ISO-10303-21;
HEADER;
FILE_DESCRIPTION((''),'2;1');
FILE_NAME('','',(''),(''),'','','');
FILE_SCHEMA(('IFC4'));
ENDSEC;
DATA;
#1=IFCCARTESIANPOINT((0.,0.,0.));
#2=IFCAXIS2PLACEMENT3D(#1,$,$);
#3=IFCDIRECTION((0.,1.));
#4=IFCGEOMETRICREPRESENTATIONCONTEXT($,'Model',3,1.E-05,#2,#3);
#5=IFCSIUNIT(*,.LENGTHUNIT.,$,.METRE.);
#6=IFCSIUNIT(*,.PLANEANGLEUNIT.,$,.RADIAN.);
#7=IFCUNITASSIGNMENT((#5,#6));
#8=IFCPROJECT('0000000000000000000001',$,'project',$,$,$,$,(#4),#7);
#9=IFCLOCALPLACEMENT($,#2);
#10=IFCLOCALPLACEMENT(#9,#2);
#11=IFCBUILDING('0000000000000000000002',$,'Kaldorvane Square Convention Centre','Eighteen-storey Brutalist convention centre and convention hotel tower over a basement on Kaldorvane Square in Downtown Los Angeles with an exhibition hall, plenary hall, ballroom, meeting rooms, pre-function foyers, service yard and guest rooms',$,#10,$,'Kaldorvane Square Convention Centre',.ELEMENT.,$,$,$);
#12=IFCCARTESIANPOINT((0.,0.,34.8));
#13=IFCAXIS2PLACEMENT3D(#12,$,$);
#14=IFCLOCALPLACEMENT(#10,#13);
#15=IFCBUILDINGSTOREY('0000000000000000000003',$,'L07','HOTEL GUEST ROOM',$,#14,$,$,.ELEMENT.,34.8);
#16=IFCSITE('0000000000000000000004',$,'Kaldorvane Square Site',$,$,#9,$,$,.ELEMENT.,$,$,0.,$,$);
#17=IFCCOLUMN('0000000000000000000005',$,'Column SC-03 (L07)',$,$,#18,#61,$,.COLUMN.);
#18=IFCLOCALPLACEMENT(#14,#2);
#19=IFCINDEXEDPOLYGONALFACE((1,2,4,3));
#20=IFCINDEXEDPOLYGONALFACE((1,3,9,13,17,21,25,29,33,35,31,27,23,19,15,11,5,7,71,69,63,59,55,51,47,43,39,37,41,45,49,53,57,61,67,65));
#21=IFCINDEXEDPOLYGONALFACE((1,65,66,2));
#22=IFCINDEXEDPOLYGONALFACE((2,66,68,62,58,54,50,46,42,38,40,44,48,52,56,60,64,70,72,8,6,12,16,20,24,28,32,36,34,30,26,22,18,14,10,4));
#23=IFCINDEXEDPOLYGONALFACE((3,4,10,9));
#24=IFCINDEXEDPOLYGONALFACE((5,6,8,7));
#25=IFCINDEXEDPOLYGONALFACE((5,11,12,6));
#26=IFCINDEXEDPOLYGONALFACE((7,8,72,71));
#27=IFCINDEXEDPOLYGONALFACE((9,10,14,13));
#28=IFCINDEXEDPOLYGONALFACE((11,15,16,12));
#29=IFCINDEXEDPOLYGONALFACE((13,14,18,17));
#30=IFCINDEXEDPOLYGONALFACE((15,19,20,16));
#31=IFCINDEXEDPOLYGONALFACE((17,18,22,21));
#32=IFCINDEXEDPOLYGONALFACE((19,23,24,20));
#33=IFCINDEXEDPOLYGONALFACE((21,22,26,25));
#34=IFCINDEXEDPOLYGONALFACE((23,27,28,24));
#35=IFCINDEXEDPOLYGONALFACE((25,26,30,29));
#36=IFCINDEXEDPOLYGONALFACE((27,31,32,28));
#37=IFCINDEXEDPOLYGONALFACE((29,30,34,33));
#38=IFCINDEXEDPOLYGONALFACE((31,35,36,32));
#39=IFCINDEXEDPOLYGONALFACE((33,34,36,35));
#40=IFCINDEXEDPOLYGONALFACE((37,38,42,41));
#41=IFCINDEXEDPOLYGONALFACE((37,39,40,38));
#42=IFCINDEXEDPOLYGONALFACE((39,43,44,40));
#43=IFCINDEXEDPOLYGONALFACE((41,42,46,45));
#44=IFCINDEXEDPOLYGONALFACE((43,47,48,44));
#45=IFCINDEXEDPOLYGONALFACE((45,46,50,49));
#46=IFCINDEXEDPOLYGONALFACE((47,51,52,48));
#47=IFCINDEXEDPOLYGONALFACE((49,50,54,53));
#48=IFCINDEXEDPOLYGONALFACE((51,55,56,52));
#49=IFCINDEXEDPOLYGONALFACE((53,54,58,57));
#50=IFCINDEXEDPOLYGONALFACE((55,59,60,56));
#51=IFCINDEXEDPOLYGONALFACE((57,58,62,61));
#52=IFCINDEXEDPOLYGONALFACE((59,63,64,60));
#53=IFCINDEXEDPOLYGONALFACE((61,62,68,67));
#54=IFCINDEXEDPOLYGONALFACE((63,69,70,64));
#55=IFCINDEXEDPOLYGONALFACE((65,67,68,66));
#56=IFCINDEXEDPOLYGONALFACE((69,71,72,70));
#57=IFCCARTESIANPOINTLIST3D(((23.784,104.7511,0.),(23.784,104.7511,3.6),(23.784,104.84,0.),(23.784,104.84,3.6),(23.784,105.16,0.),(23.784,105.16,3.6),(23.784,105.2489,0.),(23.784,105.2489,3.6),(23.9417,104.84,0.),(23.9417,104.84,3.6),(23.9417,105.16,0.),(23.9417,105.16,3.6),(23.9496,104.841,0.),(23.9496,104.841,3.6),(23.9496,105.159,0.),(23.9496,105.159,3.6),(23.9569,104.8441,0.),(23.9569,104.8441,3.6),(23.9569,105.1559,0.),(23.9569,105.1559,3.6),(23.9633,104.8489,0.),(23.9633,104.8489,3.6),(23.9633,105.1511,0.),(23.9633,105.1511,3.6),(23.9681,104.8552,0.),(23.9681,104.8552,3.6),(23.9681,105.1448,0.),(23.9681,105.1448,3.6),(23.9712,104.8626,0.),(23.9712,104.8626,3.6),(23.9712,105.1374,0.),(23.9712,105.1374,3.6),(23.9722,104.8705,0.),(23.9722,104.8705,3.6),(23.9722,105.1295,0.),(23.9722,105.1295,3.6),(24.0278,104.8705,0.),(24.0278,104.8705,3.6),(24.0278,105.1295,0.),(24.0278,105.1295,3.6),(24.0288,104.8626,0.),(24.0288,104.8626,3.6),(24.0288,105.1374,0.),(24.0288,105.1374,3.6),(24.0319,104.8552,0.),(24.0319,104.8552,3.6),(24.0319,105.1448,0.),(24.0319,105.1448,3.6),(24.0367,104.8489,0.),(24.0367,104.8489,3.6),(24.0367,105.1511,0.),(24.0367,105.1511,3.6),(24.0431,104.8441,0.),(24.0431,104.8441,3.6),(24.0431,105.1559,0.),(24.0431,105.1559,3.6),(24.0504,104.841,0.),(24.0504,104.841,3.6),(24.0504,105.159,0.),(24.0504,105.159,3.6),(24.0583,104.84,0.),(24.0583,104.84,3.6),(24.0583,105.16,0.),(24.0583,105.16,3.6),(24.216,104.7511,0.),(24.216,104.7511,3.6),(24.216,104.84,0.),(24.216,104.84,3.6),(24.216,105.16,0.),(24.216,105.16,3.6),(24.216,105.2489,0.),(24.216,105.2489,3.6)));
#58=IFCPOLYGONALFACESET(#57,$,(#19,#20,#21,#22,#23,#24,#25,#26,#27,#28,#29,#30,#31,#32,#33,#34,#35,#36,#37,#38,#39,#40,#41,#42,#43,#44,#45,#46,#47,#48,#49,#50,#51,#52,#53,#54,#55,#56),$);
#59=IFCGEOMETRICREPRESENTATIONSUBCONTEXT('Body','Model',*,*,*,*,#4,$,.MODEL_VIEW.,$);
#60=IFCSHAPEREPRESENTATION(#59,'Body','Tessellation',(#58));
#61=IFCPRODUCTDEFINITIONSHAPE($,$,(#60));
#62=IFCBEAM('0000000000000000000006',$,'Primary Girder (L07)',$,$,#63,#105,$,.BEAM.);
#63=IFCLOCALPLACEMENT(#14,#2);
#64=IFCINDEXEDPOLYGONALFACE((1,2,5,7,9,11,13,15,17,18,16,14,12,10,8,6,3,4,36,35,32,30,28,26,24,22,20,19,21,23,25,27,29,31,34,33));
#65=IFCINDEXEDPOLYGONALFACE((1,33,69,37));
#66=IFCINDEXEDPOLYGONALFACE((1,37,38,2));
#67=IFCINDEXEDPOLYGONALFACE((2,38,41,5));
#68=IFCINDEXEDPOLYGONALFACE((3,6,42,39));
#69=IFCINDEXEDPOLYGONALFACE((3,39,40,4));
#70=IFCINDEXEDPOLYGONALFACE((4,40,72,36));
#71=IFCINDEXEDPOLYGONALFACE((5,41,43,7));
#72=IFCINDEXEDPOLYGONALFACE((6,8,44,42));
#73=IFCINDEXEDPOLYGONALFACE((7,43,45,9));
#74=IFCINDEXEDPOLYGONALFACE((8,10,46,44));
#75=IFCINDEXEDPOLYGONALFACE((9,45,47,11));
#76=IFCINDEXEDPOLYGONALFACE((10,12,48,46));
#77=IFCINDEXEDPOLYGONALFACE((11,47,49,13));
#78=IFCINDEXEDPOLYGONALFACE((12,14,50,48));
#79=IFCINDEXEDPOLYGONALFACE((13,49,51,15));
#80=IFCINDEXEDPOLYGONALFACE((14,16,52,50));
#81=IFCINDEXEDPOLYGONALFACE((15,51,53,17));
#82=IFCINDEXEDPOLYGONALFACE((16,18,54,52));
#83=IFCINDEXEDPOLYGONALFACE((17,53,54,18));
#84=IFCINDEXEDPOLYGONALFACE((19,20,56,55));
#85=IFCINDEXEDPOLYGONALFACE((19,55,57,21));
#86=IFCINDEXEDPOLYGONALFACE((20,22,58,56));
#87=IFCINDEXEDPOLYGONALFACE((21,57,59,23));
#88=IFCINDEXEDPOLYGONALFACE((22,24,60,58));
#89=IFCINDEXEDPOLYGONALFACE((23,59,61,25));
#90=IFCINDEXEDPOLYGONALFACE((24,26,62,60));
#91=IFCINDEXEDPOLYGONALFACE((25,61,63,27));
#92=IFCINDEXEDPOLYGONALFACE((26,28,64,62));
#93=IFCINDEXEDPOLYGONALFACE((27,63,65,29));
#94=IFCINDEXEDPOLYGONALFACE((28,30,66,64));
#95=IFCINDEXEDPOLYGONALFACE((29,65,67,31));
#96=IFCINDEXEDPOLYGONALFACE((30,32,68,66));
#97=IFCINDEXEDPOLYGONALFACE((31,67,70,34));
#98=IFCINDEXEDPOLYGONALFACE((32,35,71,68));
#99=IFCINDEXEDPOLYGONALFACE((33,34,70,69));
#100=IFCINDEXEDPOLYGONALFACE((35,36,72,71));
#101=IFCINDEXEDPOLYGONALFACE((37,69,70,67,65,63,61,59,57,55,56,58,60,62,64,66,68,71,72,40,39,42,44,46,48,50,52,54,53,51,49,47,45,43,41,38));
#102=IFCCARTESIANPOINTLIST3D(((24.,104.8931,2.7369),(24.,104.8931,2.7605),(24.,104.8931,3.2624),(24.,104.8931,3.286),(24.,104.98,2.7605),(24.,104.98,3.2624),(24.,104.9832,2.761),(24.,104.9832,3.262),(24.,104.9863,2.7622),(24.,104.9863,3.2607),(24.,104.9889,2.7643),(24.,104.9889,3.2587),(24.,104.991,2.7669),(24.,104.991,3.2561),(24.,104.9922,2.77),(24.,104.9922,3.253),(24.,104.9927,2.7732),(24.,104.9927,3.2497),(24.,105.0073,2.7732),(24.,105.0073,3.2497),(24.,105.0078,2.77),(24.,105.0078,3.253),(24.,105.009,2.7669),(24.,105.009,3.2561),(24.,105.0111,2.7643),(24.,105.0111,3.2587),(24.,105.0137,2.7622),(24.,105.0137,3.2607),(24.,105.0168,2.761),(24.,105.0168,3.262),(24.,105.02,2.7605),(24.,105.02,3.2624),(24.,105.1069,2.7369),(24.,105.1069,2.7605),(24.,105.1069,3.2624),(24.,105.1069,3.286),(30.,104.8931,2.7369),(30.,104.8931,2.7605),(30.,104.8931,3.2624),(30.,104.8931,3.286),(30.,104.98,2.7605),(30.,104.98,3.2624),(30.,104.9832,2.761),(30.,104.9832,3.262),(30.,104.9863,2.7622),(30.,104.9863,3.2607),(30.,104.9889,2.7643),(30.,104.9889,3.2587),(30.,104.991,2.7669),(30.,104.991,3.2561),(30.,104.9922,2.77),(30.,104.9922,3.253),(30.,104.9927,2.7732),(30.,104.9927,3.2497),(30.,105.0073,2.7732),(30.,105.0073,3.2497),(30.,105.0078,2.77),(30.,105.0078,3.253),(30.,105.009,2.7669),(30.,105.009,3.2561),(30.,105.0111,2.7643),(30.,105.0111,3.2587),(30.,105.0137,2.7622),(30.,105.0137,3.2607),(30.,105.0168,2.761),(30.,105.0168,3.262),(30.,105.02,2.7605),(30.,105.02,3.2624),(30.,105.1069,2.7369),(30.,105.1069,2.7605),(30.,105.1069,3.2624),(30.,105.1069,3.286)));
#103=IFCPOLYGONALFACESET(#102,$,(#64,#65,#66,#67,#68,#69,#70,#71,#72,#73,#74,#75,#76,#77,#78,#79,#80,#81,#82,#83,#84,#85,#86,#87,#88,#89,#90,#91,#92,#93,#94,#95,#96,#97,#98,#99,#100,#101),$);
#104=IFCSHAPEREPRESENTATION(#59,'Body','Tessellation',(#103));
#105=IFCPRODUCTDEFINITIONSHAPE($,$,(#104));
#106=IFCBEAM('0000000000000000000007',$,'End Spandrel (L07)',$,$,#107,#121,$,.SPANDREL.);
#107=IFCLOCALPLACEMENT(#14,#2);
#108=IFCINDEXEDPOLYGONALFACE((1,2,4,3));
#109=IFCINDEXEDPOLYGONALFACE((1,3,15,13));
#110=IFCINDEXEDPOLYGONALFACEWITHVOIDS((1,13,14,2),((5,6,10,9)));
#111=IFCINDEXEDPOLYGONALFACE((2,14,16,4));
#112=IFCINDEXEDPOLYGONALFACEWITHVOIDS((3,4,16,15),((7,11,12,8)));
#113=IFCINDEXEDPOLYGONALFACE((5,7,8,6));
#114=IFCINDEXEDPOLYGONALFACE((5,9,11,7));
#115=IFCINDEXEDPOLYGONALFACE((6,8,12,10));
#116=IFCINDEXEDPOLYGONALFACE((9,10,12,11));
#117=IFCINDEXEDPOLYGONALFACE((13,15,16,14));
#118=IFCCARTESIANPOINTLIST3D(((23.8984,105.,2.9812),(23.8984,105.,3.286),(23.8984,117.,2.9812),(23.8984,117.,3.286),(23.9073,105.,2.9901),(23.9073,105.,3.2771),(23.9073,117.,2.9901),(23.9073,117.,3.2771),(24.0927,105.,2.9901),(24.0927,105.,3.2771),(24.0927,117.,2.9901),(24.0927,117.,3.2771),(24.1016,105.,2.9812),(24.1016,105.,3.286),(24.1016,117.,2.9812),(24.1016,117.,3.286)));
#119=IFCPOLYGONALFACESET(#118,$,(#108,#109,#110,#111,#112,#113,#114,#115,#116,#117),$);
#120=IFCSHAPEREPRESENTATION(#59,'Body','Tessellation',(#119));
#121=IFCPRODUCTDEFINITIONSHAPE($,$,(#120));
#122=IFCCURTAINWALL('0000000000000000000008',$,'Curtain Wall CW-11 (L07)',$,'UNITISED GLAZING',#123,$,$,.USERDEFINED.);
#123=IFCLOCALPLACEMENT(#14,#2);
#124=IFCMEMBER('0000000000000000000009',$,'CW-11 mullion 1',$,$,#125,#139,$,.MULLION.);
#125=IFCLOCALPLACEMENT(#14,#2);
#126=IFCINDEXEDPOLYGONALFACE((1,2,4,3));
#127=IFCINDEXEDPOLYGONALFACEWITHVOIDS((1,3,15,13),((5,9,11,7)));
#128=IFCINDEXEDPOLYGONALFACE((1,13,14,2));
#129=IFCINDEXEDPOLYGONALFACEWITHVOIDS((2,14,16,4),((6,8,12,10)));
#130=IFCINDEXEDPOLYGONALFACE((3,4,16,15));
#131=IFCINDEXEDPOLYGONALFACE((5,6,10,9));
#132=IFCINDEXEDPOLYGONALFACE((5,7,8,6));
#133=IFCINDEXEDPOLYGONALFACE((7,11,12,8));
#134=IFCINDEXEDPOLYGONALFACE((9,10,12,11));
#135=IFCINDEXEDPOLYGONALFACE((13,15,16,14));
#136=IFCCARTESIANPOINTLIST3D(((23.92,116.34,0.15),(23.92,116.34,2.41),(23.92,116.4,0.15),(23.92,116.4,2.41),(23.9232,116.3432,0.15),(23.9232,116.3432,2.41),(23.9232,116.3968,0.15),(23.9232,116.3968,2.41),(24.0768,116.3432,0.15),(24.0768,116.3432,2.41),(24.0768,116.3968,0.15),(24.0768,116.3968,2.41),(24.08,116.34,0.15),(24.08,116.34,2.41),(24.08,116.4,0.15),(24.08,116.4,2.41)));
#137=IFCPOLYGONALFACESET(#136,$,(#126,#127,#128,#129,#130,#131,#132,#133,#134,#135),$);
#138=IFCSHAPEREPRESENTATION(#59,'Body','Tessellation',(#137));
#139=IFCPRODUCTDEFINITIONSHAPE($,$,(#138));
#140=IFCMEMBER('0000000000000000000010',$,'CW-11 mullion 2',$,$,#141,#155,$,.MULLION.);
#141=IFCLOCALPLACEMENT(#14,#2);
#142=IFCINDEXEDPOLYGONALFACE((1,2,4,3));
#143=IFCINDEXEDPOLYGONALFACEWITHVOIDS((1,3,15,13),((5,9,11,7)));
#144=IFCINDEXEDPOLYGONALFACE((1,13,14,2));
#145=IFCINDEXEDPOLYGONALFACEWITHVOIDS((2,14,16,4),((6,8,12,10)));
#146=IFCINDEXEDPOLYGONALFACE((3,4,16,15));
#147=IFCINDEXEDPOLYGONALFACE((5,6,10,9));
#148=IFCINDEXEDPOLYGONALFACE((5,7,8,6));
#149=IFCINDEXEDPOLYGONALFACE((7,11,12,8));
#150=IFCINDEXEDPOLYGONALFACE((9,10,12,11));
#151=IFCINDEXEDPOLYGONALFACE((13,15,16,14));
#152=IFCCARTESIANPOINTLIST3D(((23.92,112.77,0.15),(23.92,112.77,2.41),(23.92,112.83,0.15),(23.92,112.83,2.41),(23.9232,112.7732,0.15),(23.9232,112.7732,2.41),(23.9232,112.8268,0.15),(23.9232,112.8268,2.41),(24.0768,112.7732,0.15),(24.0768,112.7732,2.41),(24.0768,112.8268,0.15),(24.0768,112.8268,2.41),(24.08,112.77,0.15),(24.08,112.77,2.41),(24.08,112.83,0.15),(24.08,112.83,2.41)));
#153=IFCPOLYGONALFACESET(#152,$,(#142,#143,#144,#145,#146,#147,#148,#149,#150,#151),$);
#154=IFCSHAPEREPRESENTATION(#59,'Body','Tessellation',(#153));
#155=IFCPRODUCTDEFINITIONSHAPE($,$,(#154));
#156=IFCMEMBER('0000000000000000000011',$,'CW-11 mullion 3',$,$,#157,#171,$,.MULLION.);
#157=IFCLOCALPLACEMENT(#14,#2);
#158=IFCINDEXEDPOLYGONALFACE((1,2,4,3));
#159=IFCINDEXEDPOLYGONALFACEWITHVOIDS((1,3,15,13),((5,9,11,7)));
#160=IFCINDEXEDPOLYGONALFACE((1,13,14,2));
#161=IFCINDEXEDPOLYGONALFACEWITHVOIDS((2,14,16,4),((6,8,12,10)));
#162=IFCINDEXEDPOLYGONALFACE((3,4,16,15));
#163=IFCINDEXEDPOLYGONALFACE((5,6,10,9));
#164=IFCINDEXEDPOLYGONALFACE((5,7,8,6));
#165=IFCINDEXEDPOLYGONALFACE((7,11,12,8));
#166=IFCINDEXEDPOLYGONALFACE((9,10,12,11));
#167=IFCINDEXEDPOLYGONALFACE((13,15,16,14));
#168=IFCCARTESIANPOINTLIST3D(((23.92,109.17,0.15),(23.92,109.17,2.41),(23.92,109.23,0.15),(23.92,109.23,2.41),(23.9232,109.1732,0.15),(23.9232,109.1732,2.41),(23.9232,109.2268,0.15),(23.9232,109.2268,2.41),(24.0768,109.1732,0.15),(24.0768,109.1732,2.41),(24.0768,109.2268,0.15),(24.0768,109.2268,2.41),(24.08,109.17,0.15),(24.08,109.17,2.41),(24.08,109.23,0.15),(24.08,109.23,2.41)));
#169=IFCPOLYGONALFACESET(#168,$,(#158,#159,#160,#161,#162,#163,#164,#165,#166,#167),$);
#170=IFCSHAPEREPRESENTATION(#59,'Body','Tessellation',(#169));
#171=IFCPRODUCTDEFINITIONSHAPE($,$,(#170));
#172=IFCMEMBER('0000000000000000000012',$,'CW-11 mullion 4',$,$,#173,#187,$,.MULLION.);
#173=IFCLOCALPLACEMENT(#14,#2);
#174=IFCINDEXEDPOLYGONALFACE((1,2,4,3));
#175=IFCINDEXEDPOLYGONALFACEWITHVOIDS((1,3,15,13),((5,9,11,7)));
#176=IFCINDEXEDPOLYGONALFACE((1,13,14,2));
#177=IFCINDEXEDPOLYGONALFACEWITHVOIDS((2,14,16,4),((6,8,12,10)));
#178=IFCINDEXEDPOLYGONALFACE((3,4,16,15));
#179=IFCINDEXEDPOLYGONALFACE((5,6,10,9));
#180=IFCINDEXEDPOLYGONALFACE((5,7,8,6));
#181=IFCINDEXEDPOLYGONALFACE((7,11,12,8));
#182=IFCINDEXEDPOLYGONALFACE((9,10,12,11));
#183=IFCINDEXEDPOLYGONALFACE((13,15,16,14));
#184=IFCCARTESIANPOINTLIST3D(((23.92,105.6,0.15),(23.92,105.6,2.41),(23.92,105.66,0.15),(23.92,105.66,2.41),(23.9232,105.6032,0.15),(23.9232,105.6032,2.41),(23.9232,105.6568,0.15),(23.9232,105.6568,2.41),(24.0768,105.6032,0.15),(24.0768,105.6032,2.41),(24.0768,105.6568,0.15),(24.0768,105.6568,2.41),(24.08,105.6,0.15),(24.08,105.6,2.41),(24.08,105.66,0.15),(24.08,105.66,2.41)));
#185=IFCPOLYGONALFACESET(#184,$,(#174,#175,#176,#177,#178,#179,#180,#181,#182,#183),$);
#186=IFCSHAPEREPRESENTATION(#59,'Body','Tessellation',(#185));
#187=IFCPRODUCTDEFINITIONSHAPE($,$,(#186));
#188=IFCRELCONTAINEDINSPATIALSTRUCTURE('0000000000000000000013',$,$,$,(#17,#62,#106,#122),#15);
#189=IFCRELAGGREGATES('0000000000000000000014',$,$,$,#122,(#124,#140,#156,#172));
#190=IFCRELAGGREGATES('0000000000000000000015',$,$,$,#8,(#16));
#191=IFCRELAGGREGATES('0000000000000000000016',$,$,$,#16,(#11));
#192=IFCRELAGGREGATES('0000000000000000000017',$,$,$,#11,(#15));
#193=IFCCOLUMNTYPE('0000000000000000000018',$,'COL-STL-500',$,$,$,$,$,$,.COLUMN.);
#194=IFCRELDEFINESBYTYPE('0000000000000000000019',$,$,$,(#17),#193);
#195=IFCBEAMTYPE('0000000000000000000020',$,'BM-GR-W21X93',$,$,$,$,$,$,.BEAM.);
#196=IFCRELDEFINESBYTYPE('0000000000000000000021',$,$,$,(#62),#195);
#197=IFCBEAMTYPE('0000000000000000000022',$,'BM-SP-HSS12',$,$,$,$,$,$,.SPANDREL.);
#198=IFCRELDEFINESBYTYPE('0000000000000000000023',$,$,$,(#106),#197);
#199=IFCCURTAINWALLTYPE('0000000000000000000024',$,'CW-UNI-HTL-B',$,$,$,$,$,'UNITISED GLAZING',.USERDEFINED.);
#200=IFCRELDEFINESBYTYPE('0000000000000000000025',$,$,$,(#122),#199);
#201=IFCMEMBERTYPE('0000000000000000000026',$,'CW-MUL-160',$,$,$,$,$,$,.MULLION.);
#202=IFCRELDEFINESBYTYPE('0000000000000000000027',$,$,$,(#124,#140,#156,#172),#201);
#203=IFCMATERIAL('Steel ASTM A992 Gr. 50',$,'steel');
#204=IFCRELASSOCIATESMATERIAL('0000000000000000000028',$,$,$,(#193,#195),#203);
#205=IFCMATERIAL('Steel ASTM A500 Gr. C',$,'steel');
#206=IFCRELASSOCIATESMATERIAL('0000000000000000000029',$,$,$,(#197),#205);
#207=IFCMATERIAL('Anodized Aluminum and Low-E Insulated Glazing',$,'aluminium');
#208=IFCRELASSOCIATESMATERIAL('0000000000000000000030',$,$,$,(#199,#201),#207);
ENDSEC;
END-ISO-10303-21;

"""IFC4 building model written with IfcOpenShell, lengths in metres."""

from ifc_helpers import new_model, si_unit, direction, frame, origin, origin_2d, place, context, subcontext, project, spatial, hollow_rectangle, i_section, extrude, material, material_profile, profile_set, type_object, element, aggregate, save


model = new_model("IFC4")

# Units and contexts
model_context = context("Model", 3, precision=1e-05, world=origin(), true_north=direction((0.0, 1.0)))
body_context = subcontext(model_context, "Body", "Model", "MODEL_VIEW")
ifc_project = project(units=[si_unit("LENGTHUNIT", "METRE"), si_unit("PLANEANGLEUNIT", "RADIAN")], contexts=[model_context])

# Site, building, storey
site_placement = place(None, origin())
site = spatial("IfcSite", under=ifc_project, at=site_placement, Name="Kaldorvane Square Site", CompositionType="ELEMENT", RefElevation=0.0)
building_placement = place(site_placement, origin())
building = spatial("IfcBuilding", under=site, at=building_placement, Name="Kaldorvane Square Convention Centre", Description="Eighteen-storey Brutalist convention centre and convention hotel tower over a basement on Kaldorvane Square in Downtown Los Angeles with an exhibition hall, plenary hall, ballroom, meeting rooms, pre-function foyers, service yard and guest rooms", LongName="Kaldorvane Square Convention Centre", CompositionType="ELEMENT")
storey_placement = place(building_placement, frame((0.0, 0.0, 34.8)))
storey = spatial("IfcBuildingStorey", under=building, at=storey_placement, Name="L07", Description="HOTEL GUEST ROOM", CompositionType="ELEMENT", Elevation=34.8)

# Column
ifc_material_1 = material(Name="Steel ASTM A992 Gr. 50", Category="steel")
ifc_material_profile_1 = material_profile(ifc_material_1, i_section(OverallWidth=0.4321, OverallDepth=0.4978, WebThickness=0.0556, FlangeThickness=0.0889, FilletRadius=0.0305, at=origin_2d()), Name="W14X500")
ifc_profile_set_1 = profile_set([ifc_material_profile_1], Name="Steel ASTM A992 Gr. 50")
column_type = type_object("IfcColumnType", Name="COL-STL-500", PredefinedType="COLUMN", material=ifc_profile_set_1)
column_placement = place(storey_placement, frame((24.0, 105.0, 0.0), z_axis=(0.0, 0.0, 1.0), x_axis=(1.0, 0.0, 0.0)))
element("IfcColumn", 1, at=column_placement, inside=storey, type_object=column_type, Name="Column SC-03 (L07)", PredefinedType="COLUMN", context=body_context, shape_type="SweptSolid", body=[
    extrude(i_section(OverallWidth=0.4321, OverallDepth=0.4978, WebThickness=0.0556, FlangeThickness=0.0889, FilletRadius=0.0305, at=origin_2d()), origin(), (0.0, 0.0, 1.0), 3.6),
])

# Beams
ifc_material_profile_2 = material_profile(ifc_material_1, i_section(OverallWidth=0.2139, OverallDepth=0.5491, WebThickness=0.0147, FlangeThickness=0.0236, FilletRadius=0.0127, at=origin_2d()), Name="W21X93")
ifc_profile_set_2 = profile_set([ifc_material_profile_2], Name="Steel ASTM A992 Gr. 50")
beam_type_1 = type_object("IfcBeamType", Name="BM-GR-W21X93", PredefinedType="BEAM", material=ifc_profile_set_2)
beam_1_placement = place(storey_placement, frame((24.0, 105.0, 3.0115), z_axis=(1.0, 0.0, 0.0), x_axis=(0.0, 1.0, 0.0)))
element("IfcBeam", 2, at=beam_1_placement, inside=storey, type_object=beam_type_1, Name="Primary Girder (L07)", PredefinedType="BEAM", context=body_context, shape_type="SweptSolid", body=[
    extrude(i_section(OverallWidth=0.2139, OverallDepth=0.5491, WebThickness=0.0147, FlangeThickness=0.0236, FilletRadius=0.0127, at=origin_2d()), origin(), (0.0, 0.0, 1.0), 6.0),
])
ifc_material_2 = material(Name="Steel ASTM A500 Gr. C", Category="steel")
ifc_material_profile_3 = material_profile(ifc_material_2, hollow_rectangle(XDim=0.2032, YDim=0.3048, WallThickness=0.0089, at=origin_2d()), Name="HSS12X8X3/8")
ifc_profile_set_3 = profile_set([ifc_material_profile_3], Name="Steel ASTM A500 Gr. C")
beam_type_2 = type_object("IfcBeamType", Name="BM-SP-HSS12", PredefinedType="SPANDREL", material=ifc_profile_set_3)
beam_2_placement = place(storey_placement, frame((24.0, 105.0, 3.1336), z_axis=(0.0, 1.0, 0.0), x_axis=(-1.0, 0.0, 0.0)))
element("IfcBeam", 3, at=beam_2_placement, inside=storey, type_object=beam_type_2, Name="End Spandrel (L07)", PredefinedType="SPANDREL", context=body_context, shape_type="SweptSolid", body=[
    extrude(hollow_rectangle(XDim=0.2032, YDim=0.3048, WallThickness=0.0089, at=origin_2d()), origin(), (0.0, 0.0, 1.0), 12.0),
])

# Curtain wall, members
ifc_material_3 = material(Name="Anodized Aluminum and Low-E Insulated Glazing", Category="aluminium")
curtain_wall_type = type_object("IfcCurtainWallType", Name="CW-UNI-HTL-B", ElementType="UNITISED GLAZING", PredefinedType="USERDEFINED", material=ifc_material_3)
curtain_wall_placement = place(storey_placement, origin())
curtain_wall = element("IfcCurtainWall", 4, at=curtain_wall_placement, inside=storey, type_object=curtain_wall_type, Name="Curtain Wall CW-11 (L07)", ObjectType="UNITISED GLAZING", PredefinedType="USERDEFINED")
ifc_material_profile_4 = material_profile(ifc_material_3, hollow_rectangle(XDim=0.06, YDim=0.16, WallThickness=0.0032, at=origin_2d()), Name="CWM-160X60")
ifc_profile_set_4 = profile_set([ifc_material_profile_4], Name="Anodized Aluminum and Low-E Insulated Glazing")
member_type_1 = type_object("IfcMemberType", Name="CW-MUL-160", PredefinedType="MULLION", material=ifc_profile_set_4)
member_1_placement = place(storey_placement, frame((24.0, 116.37, 0.15), z_axis=(0.0, 0.0, 1.0), x_axis=(0.0, -1.0, 0.0)))
member_1 = element("IfcMember", 5, at=member_1_placement, type_object=member_type_1, Name="CW-11 mullion 1", PredefinedType="MULLION", context=body_context, shape_type="SweptSolid", body=[
    extrude(hollow_rectangle(XDim=0.06, YDim=0.16, WallThickness=0.0032, at=origin_2d()), origin(), (0.0, 0.0, 1.0), 2.26),
])
member_2_placement = place(storey_placement, frame((24.0, 112.8, 0.15), z_axis=(0.0, 0.0, 1.0), x_axis=(0.0, -1.0, 0.0)))
member_2 = element("IfcMember", 6, at=member_2_placement, type_object=member_type_1, Name="CW-11 mullion 2", PredefinedType="MULLION", context=body_context, shape_type="SweptSolid", body=[
    extrude(hollow_rectangle(XDim=0.06, YDim=0.16, WallThickness=0.0032, at=origin_2d()), origin(), (0.0, 0.0, 1.0), 2.26),
])
member_3_placement = place(storey_placement, frame((24.0, 109.2, 0.15), z_axis=(0.0, 0.0, 1.0), x_axis=(0.0, -1.0, 0.0)))
member_3 = element("IfcMember", 7, at=member_3_placement, type_object=member_type_1, Name="CW-11 mullion 3", PredefinedType="MULLION", context=body_context, shape_type="SweptSolid", body=[
    extrude(hollow_rectangle(XDim=0.06, YDim=0.16, WallThickness=0.0032, at=origin_2d()), origin(), (0.0, 0.0, 1.0), 2.26),
])
member_4_placement = place(storey_placement, frame((24.0, 105.63, 0.15), z_axis=(0.0, 0.0, 1.0), x_axis=(0.0, -1.0, 0.0)))
member_4 = element("IfcMember", 8, at=member_4_placement, type_object=member_type_1, Name="CW-11 mullion 4", PredefinedType="MULLION", context=body_context, shape_type="SweptSolid", body=[
    extrude(hollow_rectangle(XDim=0.06, YDim=0.16, WallThickness=0.0032, at=origin_2d()), origin(), (0.0, 0.0, 1.0), 2.26),
])
aggregate(curtain_wall, [member_1, member_2, member_3, member_4])

save(model, "model.ifc")
